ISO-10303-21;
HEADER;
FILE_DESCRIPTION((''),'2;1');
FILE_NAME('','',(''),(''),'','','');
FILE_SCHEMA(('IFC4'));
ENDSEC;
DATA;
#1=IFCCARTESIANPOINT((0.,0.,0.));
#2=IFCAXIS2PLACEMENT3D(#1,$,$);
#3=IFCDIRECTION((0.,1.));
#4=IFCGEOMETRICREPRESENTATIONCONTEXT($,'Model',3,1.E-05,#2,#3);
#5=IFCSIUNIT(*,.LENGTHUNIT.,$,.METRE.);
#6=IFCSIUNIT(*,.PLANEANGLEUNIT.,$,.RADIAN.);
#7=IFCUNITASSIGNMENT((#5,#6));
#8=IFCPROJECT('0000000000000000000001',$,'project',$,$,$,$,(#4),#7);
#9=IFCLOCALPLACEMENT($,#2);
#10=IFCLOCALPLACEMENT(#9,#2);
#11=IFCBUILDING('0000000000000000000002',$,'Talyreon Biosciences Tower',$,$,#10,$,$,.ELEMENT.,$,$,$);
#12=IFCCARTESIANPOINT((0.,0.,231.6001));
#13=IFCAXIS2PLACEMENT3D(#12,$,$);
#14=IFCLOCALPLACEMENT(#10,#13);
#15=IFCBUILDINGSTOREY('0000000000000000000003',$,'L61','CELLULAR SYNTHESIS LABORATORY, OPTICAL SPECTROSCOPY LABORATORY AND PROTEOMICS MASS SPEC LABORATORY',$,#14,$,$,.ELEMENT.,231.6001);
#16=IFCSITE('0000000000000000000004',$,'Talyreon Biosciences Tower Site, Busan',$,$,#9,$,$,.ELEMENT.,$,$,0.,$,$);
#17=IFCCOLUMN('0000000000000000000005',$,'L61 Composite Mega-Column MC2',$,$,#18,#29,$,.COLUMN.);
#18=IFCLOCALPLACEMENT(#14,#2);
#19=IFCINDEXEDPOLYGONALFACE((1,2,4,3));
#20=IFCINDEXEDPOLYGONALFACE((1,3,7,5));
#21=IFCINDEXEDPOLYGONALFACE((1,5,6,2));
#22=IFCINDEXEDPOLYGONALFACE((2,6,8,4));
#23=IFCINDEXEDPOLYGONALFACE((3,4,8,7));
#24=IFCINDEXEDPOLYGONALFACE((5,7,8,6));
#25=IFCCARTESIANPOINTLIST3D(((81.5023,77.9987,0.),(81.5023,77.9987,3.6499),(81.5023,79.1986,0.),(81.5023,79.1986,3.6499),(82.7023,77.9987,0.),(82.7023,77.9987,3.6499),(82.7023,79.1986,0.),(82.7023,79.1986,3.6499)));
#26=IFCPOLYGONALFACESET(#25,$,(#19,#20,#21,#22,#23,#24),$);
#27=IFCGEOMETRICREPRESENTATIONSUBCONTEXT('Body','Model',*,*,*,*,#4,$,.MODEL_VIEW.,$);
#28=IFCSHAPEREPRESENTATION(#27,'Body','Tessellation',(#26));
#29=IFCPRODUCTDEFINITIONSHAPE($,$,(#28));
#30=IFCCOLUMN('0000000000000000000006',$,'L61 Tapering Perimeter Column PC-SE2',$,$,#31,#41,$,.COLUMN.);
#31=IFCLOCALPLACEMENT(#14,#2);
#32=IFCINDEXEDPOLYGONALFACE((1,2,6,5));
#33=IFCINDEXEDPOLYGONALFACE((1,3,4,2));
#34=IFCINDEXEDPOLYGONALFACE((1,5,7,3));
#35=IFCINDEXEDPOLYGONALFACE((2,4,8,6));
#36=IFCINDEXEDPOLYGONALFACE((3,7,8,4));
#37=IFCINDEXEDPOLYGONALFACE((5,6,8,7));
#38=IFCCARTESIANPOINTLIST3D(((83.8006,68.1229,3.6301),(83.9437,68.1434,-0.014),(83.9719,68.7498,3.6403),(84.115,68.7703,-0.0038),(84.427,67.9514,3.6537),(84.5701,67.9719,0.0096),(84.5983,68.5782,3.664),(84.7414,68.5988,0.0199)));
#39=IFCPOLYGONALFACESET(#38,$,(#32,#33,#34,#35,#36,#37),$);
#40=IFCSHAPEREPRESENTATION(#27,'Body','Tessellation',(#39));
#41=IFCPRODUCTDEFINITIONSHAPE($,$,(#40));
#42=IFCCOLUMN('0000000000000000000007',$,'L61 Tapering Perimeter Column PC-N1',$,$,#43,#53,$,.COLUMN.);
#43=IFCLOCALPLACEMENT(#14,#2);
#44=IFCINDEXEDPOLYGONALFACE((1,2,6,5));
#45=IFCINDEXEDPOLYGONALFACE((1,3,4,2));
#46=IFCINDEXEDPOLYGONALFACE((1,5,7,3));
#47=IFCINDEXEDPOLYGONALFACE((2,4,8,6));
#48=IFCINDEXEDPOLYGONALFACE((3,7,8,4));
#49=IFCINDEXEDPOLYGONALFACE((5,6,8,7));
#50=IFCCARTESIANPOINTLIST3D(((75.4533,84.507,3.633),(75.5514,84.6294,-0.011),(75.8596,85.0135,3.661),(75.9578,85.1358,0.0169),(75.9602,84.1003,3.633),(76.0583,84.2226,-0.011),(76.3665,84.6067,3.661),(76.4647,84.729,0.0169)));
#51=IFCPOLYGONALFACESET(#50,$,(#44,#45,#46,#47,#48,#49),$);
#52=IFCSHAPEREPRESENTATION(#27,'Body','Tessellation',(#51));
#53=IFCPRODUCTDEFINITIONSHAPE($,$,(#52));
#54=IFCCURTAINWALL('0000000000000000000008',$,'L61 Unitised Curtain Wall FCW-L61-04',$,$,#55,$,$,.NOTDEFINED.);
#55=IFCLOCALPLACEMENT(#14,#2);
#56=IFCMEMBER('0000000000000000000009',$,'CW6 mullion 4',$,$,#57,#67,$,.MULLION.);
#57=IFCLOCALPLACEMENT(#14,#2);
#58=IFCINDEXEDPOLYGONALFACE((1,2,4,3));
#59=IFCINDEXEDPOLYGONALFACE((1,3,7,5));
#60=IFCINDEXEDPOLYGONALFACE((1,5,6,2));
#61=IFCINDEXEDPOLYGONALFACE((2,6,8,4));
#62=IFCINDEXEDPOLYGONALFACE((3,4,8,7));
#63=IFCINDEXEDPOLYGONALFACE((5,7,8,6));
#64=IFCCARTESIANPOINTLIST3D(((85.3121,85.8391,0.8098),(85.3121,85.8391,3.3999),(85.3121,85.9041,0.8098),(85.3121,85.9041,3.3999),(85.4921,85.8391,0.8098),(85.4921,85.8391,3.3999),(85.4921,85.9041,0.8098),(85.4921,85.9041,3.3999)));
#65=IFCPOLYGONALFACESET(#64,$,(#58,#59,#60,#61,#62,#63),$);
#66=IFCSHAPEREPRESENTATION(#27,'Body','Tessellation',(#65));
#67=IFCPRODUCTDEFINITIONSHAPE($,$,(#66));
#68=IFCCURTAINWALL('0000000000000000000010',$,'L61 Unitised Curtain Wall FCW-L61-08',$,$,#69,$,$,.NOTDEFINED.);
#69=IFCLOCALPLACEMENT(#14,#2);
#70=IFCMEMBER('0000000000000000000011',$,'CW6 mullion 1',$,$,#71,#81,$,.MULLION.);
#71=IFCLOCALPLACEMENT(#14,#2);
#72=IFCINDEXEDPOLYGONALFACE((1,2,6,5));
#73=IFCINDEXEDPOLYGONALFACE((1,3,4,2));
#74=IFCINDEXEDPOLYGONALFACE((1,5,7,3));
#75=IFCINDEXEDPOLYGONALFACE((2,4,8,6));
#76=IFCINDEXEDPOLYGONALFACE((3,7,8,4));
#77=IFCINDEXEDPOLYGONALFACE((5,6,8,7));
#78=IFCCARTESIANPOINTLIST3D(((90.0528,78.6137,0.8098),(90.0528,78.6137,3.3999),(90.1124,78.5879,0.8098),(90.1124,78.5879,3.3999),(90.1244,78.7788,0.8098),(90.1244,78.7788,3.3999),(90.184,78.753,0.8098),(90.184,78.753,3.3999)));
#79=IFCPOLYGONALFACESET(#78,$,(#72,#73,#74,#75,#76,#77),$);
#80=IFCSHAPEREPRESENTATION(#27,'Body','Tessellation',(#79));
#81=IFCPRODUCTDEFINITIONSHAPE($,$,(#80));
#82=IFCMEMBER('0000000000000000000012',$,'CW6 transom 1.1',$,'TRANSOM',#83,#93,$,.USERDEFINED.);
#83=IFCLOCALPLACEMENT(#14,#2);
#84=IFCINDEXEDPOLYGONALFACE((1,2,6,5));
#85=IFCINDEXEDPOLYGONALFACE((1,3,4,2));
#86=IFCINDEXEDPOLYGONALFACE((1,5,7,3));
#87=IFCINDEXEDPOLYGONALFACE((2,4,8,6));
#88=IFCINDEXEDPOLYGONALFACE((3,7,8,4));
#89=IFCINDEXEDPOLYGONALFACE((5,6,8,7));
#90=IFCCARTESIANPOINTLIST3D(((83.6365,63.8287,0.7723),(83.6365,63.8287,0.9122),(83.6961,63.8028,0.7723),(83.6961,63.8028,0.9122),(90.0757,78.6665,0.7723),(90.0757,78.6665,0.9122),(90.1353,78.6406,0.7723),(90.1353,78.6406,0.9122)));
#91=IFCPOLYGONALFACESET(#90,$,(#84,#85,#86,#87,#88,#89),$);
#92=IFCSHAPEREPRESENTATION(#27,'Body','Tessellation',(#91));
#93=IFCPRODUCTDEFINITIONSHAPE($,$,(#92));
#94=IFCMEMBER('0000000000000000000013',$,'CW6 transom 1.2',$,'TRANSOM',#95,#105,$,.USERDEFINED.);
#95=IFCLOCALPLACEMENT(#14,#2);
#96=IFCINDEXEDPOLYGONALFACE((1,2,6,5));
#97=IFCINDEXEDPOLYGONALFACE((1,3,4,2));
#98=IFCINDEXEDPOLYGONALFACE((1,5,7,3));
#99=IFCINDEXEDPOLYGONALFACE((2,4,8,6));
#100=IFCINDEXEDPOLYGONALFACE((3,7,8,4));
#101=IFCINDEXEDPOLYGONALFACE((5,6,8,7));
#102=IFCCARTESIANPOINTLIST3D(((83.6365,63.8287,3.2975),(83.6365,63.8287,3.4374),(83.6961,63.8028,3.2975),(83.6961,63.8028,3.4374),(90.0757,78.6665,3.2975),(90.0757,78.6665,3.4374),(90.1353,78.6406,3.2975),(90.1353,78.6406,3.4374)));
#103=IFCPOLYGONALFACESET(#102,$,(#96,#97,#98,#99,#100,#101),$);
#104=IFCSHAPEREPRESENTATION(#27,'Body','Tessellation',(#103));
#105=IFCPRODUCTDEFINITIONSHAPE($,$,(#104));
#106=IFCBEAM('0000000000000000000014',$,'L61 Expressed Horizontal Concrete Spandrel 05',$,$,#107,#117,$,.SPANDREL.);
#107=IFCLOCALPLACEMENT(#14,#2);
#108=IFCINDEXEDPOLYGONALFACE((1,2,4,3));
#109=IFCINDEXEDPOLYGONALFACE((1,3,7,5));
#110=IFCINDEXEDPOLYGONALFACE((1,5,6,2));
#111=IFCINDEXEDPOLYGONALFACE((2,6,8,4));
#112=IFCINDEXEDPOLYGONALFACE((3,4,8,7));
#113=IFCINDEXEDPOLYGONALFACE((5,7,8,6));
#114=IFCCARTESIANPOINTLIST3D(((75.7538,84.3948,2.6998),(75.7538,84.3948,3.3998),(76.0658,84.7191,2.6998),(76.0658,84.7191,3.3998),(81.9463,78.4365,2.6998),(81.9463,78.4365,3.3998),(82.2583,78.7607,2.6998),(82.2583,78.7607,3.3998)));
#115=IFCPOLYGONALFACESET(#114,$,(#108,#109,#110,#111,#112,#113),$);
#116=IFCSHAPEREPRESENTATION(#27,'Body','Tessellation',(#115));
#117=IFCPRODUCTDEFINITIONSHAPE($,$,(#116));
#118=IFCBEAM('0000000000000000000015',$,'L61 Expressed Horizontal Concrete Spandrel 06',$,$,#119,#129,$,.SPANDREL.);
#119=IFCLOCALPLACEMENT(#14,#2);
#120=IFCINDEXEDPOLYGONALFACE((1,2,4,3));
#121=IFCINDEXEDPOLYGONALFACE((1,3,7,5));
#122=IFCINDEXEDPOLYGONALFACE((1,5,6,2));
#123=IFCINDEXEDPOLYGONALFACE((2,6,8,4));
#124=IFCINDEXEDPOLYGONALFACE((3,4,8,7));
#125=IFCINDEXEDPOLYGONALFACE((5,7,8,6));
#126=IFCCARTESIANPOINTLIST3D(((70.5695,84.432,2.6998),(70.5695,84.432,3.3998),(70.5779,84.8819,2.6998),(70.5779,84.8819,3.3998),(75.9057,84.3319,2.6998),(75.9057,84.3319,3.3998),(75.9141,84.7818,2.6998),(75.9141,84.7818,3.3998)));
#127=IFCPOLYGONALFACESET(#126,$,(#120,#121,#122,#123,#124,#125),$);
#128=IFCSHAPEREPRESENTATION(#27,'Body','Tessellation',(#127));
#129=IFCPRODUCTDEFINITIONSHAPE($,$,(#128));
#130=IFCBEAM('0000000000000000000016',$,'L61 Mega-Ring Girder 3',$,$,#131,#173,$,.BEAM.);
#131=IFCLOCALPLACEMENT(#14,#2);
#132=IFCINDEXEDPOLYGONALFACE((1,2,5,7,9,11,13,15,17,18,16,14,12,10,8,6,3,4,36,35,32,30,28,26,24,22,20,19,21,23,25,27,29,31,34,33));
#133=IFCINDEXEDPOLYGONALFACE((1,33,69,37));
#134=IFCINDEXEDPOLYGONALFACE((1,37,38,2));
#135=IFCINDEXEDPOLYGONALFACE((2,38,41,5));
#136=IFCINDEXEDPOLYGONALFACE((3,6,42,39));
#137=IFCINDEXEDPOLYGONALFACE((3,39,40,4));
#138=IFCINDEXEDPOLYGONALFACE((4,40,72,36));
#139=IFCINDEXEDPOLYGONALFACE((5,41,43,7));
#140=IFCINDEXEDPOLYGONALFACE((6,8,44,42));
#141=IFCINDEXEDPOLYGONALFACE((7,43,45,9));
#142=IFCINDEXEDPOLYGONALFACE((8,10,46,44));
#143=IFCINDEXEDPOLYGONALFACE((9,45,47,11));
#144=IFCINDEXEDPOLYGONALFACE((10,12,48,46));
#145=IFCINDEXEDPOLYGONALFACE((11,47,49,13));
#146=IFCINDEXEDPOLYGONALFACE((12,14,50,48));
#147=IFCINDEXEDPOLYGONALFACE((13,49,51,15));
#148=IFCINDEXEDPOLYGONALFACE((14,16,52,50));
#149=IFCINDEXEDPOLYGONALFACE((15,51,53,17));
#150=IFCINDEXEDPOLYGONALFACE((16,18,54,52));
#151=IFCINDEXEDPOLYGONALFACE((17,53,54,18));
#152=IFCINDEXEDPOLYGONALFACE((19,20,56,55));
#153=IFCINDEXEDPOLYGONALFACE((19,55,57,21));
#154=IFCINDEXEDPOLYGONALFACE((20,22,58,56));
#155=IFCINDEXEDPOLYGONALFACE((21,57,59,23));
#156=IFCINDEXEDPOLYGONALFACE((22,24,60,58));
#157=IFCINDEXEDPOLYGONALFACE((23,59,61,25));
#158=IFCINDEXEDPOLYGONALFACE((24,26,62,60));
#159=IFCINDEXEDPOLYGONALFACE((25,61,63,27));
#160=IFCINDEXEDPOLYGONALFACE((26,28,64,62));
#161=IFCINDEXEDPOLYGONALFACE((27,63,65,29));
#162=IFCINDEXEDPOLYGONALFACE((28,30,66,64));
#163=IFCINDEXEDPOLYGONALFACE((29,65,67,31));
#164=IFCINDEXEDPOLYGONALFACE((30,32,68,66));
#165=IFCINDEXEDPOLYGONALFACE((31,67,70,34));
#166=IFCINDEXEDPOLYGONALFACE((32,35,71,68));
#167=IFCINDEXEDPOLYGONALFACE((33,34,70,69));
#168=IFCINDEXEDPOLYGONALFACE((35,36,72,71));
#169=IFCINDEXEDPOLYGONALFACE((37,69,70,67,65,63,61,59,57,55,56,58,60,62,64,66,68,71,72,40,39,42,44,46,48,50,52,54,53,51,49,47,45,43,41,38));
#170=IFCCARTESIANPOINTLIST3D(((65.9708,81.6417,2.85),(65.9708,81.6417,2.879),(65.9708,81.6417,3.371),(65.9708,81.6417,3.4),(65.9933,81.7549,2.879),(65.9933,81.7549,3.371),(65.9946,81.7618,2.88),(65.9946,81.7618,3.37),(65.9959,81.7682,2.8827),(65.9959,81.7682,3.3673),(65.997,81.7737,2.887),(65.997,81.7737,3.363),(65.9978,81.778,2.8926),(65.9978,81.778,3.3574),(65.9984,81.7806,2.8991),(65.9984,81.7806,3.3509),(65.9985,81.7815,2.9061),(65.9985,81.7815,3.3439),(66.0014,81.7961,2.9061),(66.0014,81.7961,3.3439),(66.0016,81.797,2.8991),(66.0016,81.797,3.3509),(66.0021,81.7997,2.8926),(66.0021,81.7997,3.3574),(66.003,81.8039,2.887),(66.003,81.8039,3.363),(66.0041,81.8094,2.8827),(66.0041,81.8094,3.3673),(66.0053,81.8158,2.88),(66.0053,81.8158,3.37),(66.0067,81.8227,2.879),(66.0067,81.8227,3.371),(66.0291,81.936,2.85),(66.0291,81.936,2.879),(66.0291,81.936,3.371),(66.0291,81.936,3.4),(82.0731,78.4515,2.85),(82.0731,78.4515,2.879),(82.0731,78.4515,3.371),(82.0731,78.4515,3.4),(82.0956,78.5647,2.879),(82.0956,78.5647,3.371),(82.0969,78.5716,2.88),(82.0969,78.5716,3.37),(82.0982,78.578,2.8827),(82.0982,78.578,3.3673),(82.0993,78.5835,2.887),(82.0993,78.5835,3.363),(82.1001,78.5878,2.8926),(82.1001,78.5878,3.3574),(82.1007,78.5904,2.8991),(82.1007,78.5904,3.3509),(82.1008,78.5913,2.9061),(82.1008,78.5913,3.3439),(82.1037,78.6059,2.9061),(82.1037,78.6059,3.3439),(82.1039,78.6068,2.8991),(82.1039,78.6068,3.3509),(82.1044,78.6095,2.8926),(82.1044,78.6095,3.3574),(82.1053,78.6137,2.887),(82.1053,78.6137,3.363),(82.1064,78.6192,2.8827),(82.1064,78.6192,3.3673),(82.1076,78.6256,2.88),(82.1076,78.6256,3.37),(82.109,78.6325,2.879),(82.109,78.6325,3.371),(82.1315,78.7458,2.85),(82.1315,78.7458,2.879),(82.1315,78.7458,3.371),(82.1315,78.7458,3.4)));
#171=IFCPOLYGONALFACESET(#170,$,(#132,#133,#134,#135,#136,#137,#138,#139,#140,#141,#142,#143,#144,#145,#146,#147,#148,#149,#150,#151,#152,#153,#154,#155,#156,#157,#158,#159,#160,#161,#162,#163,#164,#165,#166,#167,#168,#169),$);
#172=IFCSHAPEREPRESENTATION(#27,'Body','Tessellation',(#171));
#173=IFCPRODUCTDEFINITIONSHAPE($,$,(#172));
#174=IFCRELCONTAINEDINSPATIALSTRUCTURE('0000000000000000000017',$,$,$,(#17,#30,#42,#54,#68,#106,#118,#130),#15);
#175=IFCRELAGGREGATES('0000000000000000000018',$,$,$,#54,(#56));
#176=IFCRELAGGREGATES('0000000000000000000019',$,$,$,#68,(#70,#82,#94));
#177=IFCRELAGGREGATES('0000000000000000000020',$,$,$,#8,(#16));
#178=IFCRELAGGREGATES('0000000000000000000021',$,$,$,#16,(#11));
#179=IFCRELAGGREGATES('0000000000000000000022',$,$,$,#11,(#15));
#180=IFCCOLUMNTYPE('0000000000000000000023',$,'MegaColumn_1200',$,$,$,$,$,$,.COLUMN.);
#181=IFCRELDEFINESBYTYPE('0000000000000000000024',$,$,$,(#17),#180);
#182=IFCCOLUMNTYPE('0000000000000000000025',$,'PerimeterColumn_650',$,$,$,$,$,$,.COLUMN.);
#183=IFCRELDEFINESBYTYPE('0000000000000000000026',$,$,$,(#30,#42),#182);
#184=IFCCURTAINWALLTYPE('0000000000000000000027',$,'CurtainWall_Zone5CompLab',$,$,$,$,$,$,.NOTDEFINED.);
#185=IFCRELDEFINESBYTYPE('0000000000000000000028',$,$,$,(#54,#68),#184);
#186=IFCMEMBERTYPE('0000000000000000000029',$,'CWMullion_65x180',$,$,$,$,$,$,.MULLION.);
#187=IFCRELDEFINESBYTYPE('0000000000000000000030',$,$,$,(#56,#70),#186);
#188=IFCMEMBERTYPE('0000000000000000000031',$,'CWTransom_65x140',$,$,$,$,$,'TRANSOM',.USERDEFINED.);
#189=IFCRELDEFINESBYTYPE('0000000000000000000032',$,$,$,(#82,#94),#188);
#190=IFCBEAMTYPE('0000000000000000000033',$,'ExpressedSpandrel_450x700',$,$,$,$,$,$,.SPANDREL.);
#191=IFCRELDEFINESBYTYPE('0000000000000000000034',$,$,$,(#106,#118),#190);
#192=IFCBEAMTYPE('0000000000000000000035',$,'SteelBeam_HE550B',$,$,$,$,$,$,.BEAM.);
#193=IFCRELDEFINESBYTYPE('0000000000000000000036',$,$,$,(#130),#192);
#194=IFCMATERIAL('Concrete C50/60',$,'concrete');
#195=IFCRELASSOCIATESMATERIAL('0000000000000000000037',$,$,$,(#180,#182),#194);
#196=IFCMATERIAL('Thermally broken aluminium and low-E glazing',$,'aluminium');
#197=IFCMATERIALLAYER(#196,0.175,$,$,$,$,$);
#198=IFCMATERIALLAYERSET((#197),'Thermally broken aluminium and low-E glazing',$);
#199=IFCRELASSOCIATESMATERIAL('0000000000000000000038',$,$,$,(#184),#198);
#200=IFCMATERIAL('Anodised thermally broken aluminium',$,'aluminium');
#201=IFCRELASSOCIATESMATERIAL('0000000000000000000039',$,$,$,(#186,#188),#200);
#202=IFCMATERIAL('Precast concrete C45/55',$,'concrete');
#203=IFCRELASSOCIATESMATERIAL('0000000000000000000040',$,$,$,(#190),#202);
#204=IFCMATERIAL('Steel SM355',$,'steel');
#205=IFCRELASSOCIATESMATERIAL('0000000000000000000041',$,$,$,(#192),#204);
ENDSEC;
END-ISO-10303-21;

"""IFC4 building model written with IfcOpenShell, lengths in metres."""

from ifc_helpers import new_model, si_unit, direction, frame, origin, origin_2d, place, context, subcontext, project, spatial, rectangle, i_section, extrude, material, layer, layer_set, material_profile, profile_set, type_object, element, aggregate, save


model = new_model("IFC4")

# Units and contexts
model_context = context("Model", 3, precision=1e-05, world=origin(), true_north=direction((0.0, 1.0)))
body_context = subcontext(model_context, "Body", "Model", "MODEL_VIEW")
ifc_project = project(units=[si_unit("LENGTHUNIT", "METRE"), si_unit("PLANEANGLEUNIT", "RADIAN")], contexts=[model_context])

# Site, building, storey
site_placement = place(None, origin())
site = spatial("IfcSite", under=ifc_project, at=site_placement, Name="Talyreon Biosciences Tower Site, Busan", CompositionType="ELEMENT", RefElevation=0.0)
building_placement = place(site_placement, origin())
building = spatial("IfcBuilding", under=site, at=building_placement, Name="Talyreon Biosciences Tower", CompositionType="ELEMENT")
storey_placement = place(building_placement, frame((0.0, 0.0, 231.6001)))
storey = spatial("IfcBuildingStorey", under=building, at=storey_placement, Name="L61", Description="CELLULAR SYNTHESIS LABORATORY, OPTICAL SPECTROSCOPY LABORATORY AND PROTEOMICS MASS SPEC LABORATORY", CompositionType="ELEMENT", Elevation=231.6001)

# Columns
ifc_material_1 = material(Name="Concrete C50/60", Category="concrete")
ifc_material_profile_1 = material_profile(ifc_material_1, rectangle(XDim=1.2, YDim=1.2, at=origin_2d()), Name="RC 1200x1200")
ifc_profile_set_1 = profile_set([ifc_material_profile_1], Name="Concrete C50/60")
column_type_1 = type_object("IfcColumnType", Name="MegaColumn_1200", PredefinedType="COLUMN", material=ifc_profile_set_1)
column_1_placement = place(storey_placement, frame((82.1023, 78.5986, 0.0), z_axis=(0.0, 0.0, 1.0), x_axis=(1.0, 0.0, 0.0)))
element("IfcColumn", 1, at=column_1_placement, inside=storey, type_object=column_type_1, Name="L61 Composite Mega-Column MC2", PredefinedType="COLUMN", context=body_context, shape_type="SweptSolid", body=[
    extrude(rectangle(XDim=1.2, YDim=1.2, at=origin_2d()), origin(), (0.0, 0.0, 1.0), 3.6499),
])
ifc_material_profile_2 = material_profile(ifc_material_1, rectangle(XDim=0.6499, YDim=0.6499, at=origin_2d()), Name="RC 650x650")
ifc_profile_set_2 = profile_set([ifc_material_profile_2], Name="Concrete C50/60")
column_type_2 = type_object("IfcColumnType", Name="PerimeterColumn_650", PredefinedType="COLUMN", material=ifc_profile_set_2)
column_2_placement = place(storey_placement, frame((84.3425, 68.3711, 0.0029), z_axis=(-0.03923, -0.005623, 0.999214), x_axis=(0.963855, -0.263934, 0.036356)))
element("IfcColumn", 2, at=column_2_placement, inside=storey, type_object=column_type_2, Name="L61 Tapering Perimeter Column PC-SE2", PredefinedType="COLUMN", context=body_context, shape_type="SweptSolid", body=[
    extrude(rectangle(XDim=0.6499, YDim=0.6499, at=origin_2d()), origin(), (0.0, 0.0, 1.0), 3.647),
])
column_3_placement = place(storey_placement, frame((76.0081, 84.6792, 0.0029), z_axis=(-0.026908, -0.033535, 0.999075), x_axis=(-0.779957, 0.625834, 0.0)))
element("IfcColumn", 3, at=column_3_placement, inside=storey, type_object=column_type_2, Name="L61 Tapering Perimeter Column PC-N1", PredefinedType="COLUMN", context=body_context, shape_type="SweptSolid", body=[
    extrude(rectangle(XDim=0.6499, YDim=0.6499, at=origin_2d()), origin(), (0.0, 0.0, 1.0), 3.6475),
])

# Curtain wall, member
ifc_material_2 = material(Name="Thermally broken aluminium and low-E glazing", Category="aluminium")
ifc_layer_1 = layer(ifc_material_2, 0.175)
ifc_layer_set_1 = layer_set([ifc_layer_1], Name="Thermally broken aluminium and low-E glazing")
curtain_wall_type = type_object("IfcCurtainWallType", Name="CurtainWall_Zone5CompLab", PredefinedType="NOTDEFINED", material=ifc_layer_set_1)
curtain_wall_1_placement = place(storey_placement, origin())
curtain_wall_1 = element("IfcCurtainWall", 4, at=curtain_wall_1_placement, inside=storey, type_object=curtain_wall_type, Name="L61 Unitised Curtain Wall FCW-L61-04", PredefinedType="NOTDEFINED")
ifc_material_3 = material(Name="Anodised thermally broken aluminium", Category="aluminium")
ifc_material_profile_3 = material_profile(ifc_material_3, rectangle(XDim=0.0649, YDim=0.1799, at=origin_2d()), Name="ALUM MULLION 65x180")
ifc_profile_set_3 = profile_set([ifc_material_profile_3], Name="Anodised thermally broken aluminium")
member_type_1 = type_object("IfcMemberType", Name="CWMullion_65x180", PredefinedType="MULLION", material=ifc_profile_set_3)
member_1_placement = place(storey_placement, frame((85.4021, 85.8716, 0.8098), z_axis=(0.0, 0.0, 1.0), x_axis=(0.0, 1.0, 0.0)))
member_1 = element("IfcMember", 5, at=member_1_placement, type_object=member_type_1, Name="CW6 mullion 4", PredefinedType="MULLION", context=body_context, shape_type="SweptSolid", body=[
    extrude(rectangle(XDim=0.0649, YDim=0.1799, at=origin_2d()), origin(), (0.0, 0.0, 1.0), 2.5901),
])

# Curtain wall, members
curtain_wall_2_placement = place(storey_placement, origin())
curtain_wall_2 = element("IfcCurtainWall", 6, at=curtain_wall_2_placement, inside=storey, type_object=curtain_wall_type, Name="L61 Unitised Curtain Wall FCW-L61-08", PredefinedType="NOTDEFINED")
member_2_placement = place(storey_placement, frame((90.1184, 78.6833, 0.8098), z_axis=(0.0, 0.0, 1.0), x_axis=(0.917337, -0.398112, 0.0)))
member_2 = element("IfcMember", 7, at=member_2_placement, type_object=member_type_1, Name="CW6 mullion 1", PredefinedType="MULLION", context=body_context, shape_type="SweptSolid", body=[
    extrude(rectangle(XDim=0.0649, YDim=0.1799, at=origin_2d()), origin(), (0.0, 0.0, 1.0), 2.5901),
])
ifc_material_profile_4 = material_profile(ifc_material_3, rectangle(XDim=0.0649, YDim=0.1399, at=origin_2d()), Name="ALUM TRANSOM 65x140")
ifc_profile_set_4 = profile_set([ifc_material_profile_4], Name="Anodised thermally broken aluminium")
member_type_2 = type_object("IfcMemberType", Name="CWTransom_65x140", ElementType="TRANSOM", PredefinedType="USERDEFINED", material=ifc_profile_set_4)
member_3_placement = place(storey_placement, frame((90.1055, 78.6536, 0.8423), z_axis=(-0.3981, -0.917342, 0.0), x_axis=(0.917342, -0.3981, 0.0)))
member_3 = element("IfcMember", 8, at=member_3_placement, type_object=member_type_2, Name="CW6 transom 1.1", ObjectType="TRANSOM", PredefinedType="USERDEFINED", context=body_context, shape_type="SweptSolid", body=[
    extrude(rectangle(XDim=0.0649, YDim=0.1399, at=origin_2d()), origin(), (0.0, 0.0, 1.0), 16.1748),
])
member_4_placement = place(storey_placement, frame((90.1055, 78.6536, 3.3674), z_axis=(-0.3981, -0.917342, 0.0), x_axis=(0.917342, -0.3981, 0.0)))
member_4 = element("IfcMember", 9, at=member_4_placement, type_object=member_type_2, Name="CW6 transom 1.2", ObjectType="TRANSOM", PredefinedType="USERDEFINED", context=body_context, shape_type="SweptSolid", body=[
    extrude(rectangle(XDim=0.0649, YDim=0.1399, at=origin_2d()), origin(), (0.0, 0.0, 1.0), 16.1748),
])

# Beams
ifc_material_4 = material(Name="Precast concrete C45/55", Category="concrete")
ifc_material_profile_5 = material_profile(ifc_material_4, rectangle(XDim=0.45, YDim=0.7, at=origin_2d()), Name="RCB 450x700")
ifc_profile_set_5 = profile_set([ifc_material_profile_5], Name="Precast concrete C45/55")
beam_type_1 = type_object("IfcBeamType", Name="ExpressedSpandrel_450x700", PredefinedType="SPANDREL", material=ifc_profile_set_5)
beam_1_placement = place(storey_placement, frame((82.1023, 78.5986, 3.0498), z_axis=(-0.720598, 0.693353, 0.0), x_axis=(-0.693353, -0.720598, 0.0)))
element("IfcBeam", 10, at=beam_1_placement, inside=storey, type_object=beam_type_1, Name="L61 Expressed Horizontal Concrete Spandrel 05", PredefinedType="SPANDREL", context=body_context, shape_type="SweptSolid", body=[
    extrude(rectangle(XDim=0.45, YDim=0.7, at=origin_2d()), origin(), (0.0, 0.0, 1.0), 8.5935),
])
beam_2_placement = place(storey_placement, frame((75.9099, 84.5569, 3.0498), z_axis=(-0.999824, 0.018755, 0.0), x_axis=(-0.018755, -0.999824, 0.0)))
element("IfcBeam", 11, at=beam_2_placement, inside=storey, type_object=beam_type_1, Name="L61 Expressed Horizontal Concrete Spandrel 06", PredefinedType="SPANDREL", context=body_context, shape_type="SweptSolid", body=[
    extrude(rectangle(XDim=0.45, YDim=0.7, at=origin_2d()), origin(), (0.0, 0.0, 1.0), 5.3372),
])
ifc_material_5 = material(Name="Steel SM355", Category="steel")
ifc_material_profile_6 = material_profile(ifc_material_5, i_section(OverallWidth=0.3, OverallDepth=0.55, WebThickness=0.0149, FlangeThickness=0.0291, FilletRadius=0.0271, at=origin_2d()), Name="HE550B")
ifc_profile_set_6 = profile_set([ifc_material_profile_6], Name="Steel SM355")
beam_type_2 = type_object("IfcBeamType", Name="SteelBeam_HE550B", PredefinedType="BEAM", material=ifc_profile_set_6)
beam_3_placement = place(storey_placement, frame((82.1023, 78.5986, 3.125), z_axis=(-0.980934, 0.194343, 0.0), x_axis=(-0.194343, -0.980934, 0.0)))
element("IfcBeam", 12, at=beam_3_placement, inside=storey, type_object=beam_type_2, Name="L61 Mega-Ring Girder 3", PredefinedType="BEAM", context=body_context, shape_type="SweptSolid", body=[
    extrude(i_section(OverallWidth=0.3, OverallDepth=0.55, WebThickness=0.0149, FlangeThickness=0.0291, FilletRadius=0.0271, at=origin_2d()), origin(), (0.0, 0.0, 1.0), 16.4153),
])

aggregate(curtain_wall_1, [member_1])
aggregate(curtain_wall_2, [member_2, member_3, member_4])

save(model, "model.ifc")
